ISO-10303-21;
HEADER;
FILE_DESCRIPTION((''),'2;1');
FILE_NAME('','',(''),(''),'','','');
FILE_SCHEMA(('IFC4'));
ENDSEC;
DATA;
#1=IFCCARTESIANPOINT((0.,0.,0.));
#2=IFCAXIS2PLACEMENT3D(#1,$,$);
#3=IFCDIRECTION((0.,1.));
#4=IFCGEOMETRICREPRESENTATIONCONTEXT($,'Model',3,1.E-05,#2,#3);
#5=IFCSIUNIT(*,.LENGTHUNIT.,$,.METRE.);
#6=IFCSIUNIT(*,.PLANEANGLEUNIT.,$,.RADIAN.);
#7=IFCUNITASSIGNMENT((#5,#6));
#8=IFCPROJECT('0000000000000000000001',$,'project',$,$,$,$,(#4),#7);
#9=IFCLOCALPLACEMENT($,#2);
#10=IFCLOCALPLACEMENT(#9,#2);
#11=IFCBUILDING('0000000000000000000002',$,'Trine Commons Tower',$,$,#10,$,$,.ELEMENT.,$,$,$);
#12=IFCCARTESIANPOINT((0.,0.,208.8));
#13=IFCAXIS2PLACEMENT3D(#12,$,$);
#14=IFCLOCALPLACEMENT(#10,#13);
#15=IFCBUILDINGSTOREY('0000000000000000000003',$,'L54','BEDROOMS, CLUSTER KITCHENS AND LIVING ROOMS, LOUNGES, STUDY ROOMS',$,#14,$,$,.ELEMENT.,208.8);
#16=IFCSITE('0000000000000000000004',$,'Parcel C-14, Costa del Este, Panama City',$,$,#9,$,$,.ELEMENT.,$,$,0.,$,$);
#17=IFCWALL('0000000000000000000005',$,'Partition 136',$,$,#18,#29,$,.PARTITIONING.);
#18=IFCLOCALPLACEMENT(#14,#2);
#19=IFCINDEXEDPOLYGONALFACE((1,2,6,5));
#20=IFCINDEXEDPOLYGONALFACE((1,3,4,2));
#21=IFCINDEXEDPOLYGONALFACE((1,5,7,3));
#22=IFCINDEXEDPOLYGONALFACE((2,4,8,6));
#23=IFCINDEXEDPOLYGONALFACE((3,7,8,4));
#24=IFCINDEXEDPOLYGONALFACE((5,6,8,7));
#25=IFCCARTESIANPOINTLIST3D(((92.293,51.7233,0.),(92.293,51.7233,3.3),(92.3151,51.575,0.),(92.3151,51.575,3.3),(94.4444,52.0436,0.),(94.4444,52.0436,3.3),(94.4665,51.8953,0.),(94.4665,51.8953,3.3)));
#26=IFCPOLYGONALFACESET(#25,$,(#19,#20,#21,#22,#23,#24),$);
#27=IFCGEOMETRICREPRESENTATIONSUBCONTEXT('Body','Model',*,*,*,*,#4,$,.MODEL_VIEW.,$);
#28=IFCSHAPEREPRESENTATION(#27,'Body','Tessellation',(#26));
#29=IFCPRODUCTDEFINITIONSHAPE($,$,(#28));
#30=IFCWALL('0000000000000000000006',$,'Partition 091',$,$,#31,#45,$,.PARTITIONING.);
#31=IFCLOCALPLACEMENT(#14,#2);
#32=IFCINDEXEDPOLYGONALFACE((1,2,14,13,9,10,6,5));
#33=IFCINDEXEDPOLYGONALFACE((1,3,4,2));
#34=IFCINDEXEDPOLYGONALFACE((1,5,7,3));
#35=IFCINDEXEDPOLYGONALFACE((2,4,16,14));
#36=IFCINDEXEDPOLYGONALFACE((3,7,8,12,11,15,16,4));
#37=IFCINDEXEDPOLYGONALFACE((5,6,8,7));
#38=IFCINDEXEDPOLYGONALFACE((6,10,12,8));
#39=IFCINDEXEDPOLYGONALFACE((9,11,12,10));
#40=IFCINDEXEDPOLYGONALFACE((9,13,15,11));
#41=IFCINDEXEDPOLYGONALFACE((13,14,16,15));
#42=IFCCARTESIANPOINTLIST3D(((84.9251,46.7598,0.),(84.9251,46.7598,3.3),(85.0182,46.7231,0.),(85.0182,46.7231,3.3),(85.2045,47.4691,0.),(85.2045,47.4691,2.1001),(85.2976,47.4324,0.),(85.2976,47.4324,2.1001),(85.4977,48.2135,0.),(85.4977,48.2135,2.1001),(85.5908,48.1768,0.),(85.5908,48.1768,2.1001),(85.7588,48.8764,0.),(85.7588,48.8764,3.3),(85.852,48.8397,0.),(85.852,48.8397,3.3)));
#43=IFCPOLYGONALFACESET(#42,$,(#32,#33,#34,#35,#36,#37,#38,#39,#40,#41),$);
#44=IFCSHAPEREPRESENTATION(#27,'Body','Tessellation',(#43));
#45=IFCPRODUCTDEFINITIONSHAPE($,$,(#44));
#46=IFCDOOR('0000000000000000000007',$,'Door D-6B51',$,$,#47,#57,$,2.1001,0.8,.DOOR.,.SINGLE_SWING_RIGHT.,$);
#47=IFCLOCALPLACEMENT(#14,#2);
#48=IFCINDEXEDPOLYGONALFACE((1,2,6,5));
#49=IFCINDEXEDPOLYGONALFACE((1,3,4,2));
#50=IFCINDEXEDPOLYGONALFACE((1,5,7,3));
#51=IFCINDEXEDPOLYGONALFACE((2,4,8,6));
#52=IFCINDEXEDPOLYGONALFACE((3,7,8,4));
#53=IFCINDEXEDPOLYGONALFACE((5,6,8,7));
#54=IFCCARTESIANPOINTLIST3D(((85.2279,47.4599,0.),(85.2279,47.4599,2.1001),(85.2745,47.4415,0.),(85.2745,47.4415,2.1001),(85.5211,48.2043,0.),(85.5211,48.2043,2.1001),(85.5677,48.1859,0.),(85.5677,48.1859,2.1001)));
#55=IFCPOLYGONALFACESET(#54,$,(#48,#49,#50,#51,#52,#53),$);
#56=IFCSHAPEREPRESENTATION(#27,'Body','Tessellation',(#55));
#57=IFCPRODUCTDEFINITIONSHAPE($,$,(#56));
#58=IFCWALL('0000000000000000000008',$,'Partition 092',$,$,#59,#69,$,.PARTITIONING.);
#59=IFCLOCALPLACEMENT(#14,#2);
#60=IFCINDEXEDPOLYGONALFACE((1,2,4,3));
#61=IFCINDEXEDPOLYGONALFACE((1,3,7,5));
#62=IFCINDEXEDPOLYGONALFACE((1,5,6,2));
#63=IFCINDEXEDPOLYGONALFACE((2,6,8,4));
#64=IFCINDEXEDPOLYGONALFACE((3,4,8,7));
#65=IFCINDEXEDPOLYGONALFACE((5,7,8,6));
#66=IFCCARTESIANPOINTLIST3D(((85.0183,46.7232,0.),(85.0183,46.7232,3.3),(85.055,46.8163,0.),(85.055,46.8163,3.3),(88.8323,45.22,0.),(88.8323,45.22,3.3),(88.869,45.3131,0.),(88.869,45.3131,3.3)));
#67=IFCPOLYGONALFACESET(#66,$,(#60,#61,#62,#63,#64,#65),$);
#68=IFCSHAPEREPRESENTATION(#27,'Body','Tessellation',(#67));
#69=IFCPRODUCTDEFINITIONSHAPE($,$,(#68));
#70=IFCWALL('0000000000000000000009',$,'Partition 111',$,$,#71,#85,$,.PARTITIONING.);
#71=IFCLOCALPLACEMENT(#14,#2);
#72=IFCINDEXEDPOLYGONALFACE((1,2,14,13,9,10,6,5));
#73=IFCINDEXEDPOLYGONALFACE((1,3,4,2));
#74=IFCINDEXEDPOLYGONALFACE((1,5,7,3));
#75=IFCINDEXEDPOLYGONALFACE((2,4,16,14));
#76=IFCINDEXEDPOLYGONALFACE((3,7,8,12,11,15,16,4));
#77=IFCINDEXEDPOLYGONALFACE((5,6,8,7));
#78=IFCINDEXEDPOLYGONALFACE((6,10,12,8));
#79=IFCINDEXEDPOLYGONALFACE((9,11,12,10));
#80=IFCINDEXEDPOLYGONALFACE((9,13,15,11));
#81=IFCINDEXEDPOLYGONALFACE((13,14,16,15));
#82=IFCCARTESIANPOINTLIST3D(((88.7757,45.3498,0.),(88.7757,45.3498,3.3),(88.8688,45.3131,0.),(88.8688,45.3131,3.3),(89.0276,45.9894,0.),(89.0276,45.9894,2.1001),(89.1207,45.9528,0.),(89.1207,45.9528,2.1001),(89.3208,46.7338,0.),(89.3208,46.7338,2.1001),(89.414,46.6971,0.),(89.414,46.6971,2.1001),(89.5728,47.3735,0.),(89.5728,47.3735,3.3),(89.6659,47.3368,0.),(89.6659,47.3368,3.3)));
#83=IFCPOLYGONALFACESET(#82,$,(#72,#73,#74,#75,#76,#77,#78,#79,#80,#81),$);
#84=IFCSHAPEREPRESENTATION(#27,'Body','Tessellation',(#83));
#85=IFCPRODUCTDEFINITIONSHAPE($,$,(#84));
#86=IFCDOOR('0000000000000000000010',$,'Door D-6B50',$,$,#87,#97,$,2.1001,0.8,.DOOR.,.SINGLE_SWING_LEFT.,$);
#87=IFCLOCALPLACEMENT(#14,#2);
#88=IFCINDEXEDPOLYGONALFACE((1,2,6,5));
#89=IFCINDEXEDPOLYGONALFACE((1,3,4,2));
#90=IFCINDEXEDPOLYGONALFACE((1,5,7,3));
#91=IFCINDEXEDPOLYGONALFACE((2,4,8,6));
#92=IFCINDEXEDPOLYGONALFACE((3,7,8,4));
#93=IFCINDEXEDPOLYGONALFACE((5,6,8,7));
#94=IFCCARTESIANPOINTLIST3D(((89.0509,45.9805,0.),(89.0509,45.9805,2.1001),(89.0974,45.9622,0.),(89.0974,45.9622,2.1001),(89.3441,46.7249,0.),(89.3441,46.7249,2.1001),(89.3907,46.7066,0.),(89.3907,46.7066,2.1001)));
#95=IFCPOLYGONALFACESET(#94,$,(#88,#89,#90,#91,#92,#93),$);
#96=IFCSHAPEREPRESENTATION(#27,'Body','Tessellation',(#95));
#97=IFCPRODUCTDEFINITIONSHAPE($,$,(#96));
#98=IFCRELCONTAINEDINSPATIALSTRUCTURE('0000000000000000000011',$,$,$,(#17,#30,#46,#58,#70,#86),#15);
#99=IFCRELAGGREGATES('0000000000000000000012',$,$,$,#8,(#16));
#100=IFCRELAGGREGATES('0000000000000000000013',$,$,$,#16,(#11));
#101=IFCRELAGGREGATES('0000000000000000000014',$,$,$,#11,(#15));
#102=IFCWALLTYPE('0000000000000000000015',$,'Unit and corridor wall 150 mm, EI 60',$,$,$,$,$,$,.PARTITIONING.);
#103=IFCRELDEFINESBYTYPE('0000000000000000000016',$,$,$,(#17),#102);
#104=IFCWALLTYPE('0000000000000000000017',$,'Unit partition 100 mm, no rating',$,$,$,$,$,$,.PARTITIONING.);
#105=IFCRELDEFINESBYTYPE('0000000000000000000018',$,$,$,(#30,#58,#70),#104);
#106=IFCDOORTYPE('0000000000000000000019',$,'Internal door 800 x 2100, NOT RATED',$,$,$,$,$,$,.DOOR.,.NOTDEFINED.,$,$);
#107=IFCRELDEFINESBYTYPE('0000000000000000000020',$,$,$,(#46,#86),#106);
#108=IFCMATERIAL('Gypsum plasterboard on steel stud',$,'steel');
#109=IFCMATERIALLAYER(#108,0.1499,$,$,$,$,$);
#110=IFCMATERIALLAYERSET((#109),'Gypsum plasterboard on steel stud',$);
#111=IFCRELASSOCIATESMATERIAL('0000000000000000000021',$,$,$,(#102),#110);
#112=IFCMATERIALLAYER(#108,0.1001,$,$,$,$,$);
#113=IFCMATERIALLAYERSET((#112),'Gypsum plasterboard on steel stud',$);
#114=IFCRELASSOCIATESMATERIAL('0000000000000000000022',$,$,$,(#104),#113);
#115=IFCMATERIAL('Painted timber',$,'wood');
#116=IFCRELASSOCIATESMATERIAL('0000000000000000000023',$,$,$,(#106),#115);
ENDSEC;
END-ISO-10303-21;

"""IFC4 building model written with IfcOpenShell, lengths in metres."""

from ifc_helpers import new_model, si_unit, direction, frame, frame_2d, origin, place, context, subcontext, project, spatial, rectangle, extrude, material, layer, layer_set, type_object, element, fill, save


model = new_model("IFC4")

# Units and contexts
model_context = context("Model", 3, precision=1e-05, world=origin(), true_north=direction((0.0, 1.0)))
body_context = subcontext(model_context, "Body", "Model", "MODEL_VIEW")
ifc_project = project(units=[si_unit("LENGTHUNIT", "METRE"), si_unit("PLANEANGLEUNIT", "RADIAN")], contexts=[model_context])

# Site, building, storey
site_placement = place(None, origin())
site = spatial("IfcSite", under=ifc_project, at=site_placement, Name="Parcel C-14, Costa del Este, Panama City", CompositionType="ELEMENT", RefElevation=0.0)
building_placement = place(site_placement, origin())
building = spatial("IfcBuilding", under=site, at=building_placement, Name="Trine Commons Tower", CompositionType="ELEMENT")
storey_placement = place(building_placement, frame((0.0, 0.0, 208.8)))
storey = spatial("IfcBuildingStorey", under=building, at=storey_placement, Name="L54", Description="BEDROOMS, CLUSTER KITCHENS AND LIVING ROOMS, LOUNGES, STUDY ROOMS", CompositionType="ELEMENT", Elevation=208.8)

# Shared definitions
ifc_material_1 = material(Name="Gypsum plasterboard on steel stud", Category="steel")
ifc_layer_1 = layer(ifc_material_1, 0.1499)
ifc_layer_set_1 = layer_set([ifc_layer_1], Name="Gypsum plasterboard on steel stud")
wall_type_1 = type_object("IfcWallType", Name="Unit and corridor wall 150 mm, EI 60", PredefinedType="PARTITIONING", material=ifc_layer_set_1)

# Wall
wall_1_placement = place(storey_placement, frame((92.3042, 51.6492, 0.0), z_axis=(0.0, 0.0, 1.0), x_axis=(0.989097, 0.147265, 0.0)))
element("IfcWall", 1, at=wall_1_placement, inside=storey, type_object=wall_type_1, Name="Partition 136", PredefinedType="PARTITIONING", context=body_context, shape_type="SweptSolid", body=[
    extrude(rectangle(XDim=2.175, YDim=0.1499, at=frame_2d((1.0874, 0.0))), origin(), (0.0, 0.0, 1.0), 3.3),
])

# Wall, opening, door
ifc_layer_2 = layer(ifc_material_1, 0.1001)
ifc_layer_set_2 = layer_set([ifc_layer_2], Name="Gypsum plasterboard on steel stud")
wall_type_2 = type_object("IfcWallType", Name="Unit partition 100 mm, no rating", PredefinedType="PARTITIONING", material=ifc_layer_set_2)
wall_2_placement = place(storey_placement, frame((84.9717, 46.7415, 0.0), z_axis=(0.0, 0.0, 1.0), x_axis=(0.366482, 0.930425, 0.0)))
wall_2 = element("IfcWall", 2, at=wall_2_placement, inside=storey, type_object=wall_type_2, Name="Partition 091", PredefinedType="PARTITIONING", context=body_context, shape_type="SweptSolid", body=[
    extrude(rectangle(XDim=2.2749, YDim=0.1001, at=frame_2d((1.1375, 0.0))), origin(), (0.0, 0.0, 1.0), 3.3),
])
opening_1_placement = place(wall_2_placement, frame((0.7625, 0.0, 0.0)))
opening_1 = element("IfcOpeningElement", 3, at=opening_1_placement, cuts=wall_2, PredefinedType="OPENING", context=body_context, shape_type="SweptSolid", body=[
    extrude(rectangle(XDim=0.8, YDim=2.1001, at=frame_2d((0.3999, 1.05))), frame((0.0, 0.0601, 0.0), z_axis=(0.0, -1.0, 0.0), x_axis=(1.0, 0.0, 0.0)), (0.0, 0.0, 1.0), 0.1201),
])
ifc_material_2 = material(Name="Painted timber", Category="wood")
door_type_1 = type_object("IfcDoorType", Name="Internal door 800 x 2100, NOT RATED", OperationType="NOTDEFINED", PredefinedType="DOOR", material=ifc_material_2)
door_1_placement = place(opening_1_placement, origin())
door_1 = element("IfcDoor", 4, at=door_1_placement, inside=storey, type_object=door_type_1, Name="Door D-6B51", OperationType="SINGLE_SWING_RIGHT", OverallHeight=2.1001, OverallWidth=0.8, PredefinedType="DOOR", context=body_context, shape_type="SweptSolid", body=[
    extrude(rectangle(XDim=0.8, YDim=2.1001, at=frame_2d((0.3999, 1.05))), frame((0.0, 0.0249, 0.0), z_axis=(0.0, -1.0, 0.0), x_axis=(1.0, 0.0, 0.0)), (0.0, 0.0, 1.0), 0.05),
])
fill(opening_1, door_1)

# Wall
wall_3_placement = place(storey_placement, frame((85.0366, 46.7698, 0.0), z_axis=(0.0, 0.0, 1.0), x_axis=(0.93035, -0.366673, 0.0)))
element("IfcWall", 5, at=wall_3_placement, inside=storey, type_object=wall_type_2, Name="Partition 092", PredefinedType="PARTITIONING", context=body_context, shape_type="SweptSolid", body=[
    extrude(rectangle(XDim=4.0996, YDim=0.1001, at=frame_2d((2.0498, 0.0))), origin(), (0.0, 0.0, 1.0), 3.3),
])

# Wall, opening, door
wall_4_placement = place(storey_placement, frame((88.8223, 45.3315, 0.0), z_axis=(0.0, 0.0, 1.0), x_axis=(0.366489, 0.930422, 0.0)))
wall_4 = element("IfcWall", 6, at=wall_4_placement, inside=storey, type_object=wall_type_2, Name="Partition 111", PredefinedType="PARTITIONING", context=body_context, shape_type="SweptSolid", body=[
    extrude(rectangle(XDim=2.175, YDim=0.1001, at=frame_2d((1.0874, 0.0))), origin(), (0.0, 0.0, 1.0), 3.3),
])
opening_2_placement = place(wall_4_placement, frame((0.6875, 0.0, 0.0)))
opening_2 = element("IfcOpeningElement", 7, at=opening_2_placement, cuts=wall_4, PredefinedType="OPENING", context=body_context, shape_type="SweptSolid", body=[
    extrude(rectangle(XDim=0.8, YDim=2.1001, at=frame_2d((0.3999, 1.05))), frame((0.0, 0.0601, 0.0), z_axis=(0.0, -1.0, 0.0), x_axis=(1.0, 0.0, 0.0)), (0.0, 0.0, 1.0), 0.1201),
])
door_2_placement = place(opening_2_placement, frame((0.8, 0.0, 0.0), z_axis=(0.0, 0.0, 1.0), x_axis=(-1.0, 0.0, 0.0)))
door_2 = element("IfcDoor", 8, at=door_2_placement, inside=storey, type_object=door_type_1, Name="Door D-6B50", OperationType="SINGLE_SWING_LEFT", OverallHeight=2.1001, OverallWidth=0.8, PredefinedType="DOOR", context=body_context, shape_type="SweptSolid", body=[
    extrude(rectangle(XDim=0.8, YDim=2.1001, at=frame_2d((0.3999, 1.05))), frame((0.0, 0.0249, 0.0), z_axis=(0.0, -1.0, 0.0), x_axis=(1.0, 0.0, 0.0)), (0.0, 0.0, 1.0), 0.05),
])
fill(opening_2, door_2)

save(model, "model.ifc")
